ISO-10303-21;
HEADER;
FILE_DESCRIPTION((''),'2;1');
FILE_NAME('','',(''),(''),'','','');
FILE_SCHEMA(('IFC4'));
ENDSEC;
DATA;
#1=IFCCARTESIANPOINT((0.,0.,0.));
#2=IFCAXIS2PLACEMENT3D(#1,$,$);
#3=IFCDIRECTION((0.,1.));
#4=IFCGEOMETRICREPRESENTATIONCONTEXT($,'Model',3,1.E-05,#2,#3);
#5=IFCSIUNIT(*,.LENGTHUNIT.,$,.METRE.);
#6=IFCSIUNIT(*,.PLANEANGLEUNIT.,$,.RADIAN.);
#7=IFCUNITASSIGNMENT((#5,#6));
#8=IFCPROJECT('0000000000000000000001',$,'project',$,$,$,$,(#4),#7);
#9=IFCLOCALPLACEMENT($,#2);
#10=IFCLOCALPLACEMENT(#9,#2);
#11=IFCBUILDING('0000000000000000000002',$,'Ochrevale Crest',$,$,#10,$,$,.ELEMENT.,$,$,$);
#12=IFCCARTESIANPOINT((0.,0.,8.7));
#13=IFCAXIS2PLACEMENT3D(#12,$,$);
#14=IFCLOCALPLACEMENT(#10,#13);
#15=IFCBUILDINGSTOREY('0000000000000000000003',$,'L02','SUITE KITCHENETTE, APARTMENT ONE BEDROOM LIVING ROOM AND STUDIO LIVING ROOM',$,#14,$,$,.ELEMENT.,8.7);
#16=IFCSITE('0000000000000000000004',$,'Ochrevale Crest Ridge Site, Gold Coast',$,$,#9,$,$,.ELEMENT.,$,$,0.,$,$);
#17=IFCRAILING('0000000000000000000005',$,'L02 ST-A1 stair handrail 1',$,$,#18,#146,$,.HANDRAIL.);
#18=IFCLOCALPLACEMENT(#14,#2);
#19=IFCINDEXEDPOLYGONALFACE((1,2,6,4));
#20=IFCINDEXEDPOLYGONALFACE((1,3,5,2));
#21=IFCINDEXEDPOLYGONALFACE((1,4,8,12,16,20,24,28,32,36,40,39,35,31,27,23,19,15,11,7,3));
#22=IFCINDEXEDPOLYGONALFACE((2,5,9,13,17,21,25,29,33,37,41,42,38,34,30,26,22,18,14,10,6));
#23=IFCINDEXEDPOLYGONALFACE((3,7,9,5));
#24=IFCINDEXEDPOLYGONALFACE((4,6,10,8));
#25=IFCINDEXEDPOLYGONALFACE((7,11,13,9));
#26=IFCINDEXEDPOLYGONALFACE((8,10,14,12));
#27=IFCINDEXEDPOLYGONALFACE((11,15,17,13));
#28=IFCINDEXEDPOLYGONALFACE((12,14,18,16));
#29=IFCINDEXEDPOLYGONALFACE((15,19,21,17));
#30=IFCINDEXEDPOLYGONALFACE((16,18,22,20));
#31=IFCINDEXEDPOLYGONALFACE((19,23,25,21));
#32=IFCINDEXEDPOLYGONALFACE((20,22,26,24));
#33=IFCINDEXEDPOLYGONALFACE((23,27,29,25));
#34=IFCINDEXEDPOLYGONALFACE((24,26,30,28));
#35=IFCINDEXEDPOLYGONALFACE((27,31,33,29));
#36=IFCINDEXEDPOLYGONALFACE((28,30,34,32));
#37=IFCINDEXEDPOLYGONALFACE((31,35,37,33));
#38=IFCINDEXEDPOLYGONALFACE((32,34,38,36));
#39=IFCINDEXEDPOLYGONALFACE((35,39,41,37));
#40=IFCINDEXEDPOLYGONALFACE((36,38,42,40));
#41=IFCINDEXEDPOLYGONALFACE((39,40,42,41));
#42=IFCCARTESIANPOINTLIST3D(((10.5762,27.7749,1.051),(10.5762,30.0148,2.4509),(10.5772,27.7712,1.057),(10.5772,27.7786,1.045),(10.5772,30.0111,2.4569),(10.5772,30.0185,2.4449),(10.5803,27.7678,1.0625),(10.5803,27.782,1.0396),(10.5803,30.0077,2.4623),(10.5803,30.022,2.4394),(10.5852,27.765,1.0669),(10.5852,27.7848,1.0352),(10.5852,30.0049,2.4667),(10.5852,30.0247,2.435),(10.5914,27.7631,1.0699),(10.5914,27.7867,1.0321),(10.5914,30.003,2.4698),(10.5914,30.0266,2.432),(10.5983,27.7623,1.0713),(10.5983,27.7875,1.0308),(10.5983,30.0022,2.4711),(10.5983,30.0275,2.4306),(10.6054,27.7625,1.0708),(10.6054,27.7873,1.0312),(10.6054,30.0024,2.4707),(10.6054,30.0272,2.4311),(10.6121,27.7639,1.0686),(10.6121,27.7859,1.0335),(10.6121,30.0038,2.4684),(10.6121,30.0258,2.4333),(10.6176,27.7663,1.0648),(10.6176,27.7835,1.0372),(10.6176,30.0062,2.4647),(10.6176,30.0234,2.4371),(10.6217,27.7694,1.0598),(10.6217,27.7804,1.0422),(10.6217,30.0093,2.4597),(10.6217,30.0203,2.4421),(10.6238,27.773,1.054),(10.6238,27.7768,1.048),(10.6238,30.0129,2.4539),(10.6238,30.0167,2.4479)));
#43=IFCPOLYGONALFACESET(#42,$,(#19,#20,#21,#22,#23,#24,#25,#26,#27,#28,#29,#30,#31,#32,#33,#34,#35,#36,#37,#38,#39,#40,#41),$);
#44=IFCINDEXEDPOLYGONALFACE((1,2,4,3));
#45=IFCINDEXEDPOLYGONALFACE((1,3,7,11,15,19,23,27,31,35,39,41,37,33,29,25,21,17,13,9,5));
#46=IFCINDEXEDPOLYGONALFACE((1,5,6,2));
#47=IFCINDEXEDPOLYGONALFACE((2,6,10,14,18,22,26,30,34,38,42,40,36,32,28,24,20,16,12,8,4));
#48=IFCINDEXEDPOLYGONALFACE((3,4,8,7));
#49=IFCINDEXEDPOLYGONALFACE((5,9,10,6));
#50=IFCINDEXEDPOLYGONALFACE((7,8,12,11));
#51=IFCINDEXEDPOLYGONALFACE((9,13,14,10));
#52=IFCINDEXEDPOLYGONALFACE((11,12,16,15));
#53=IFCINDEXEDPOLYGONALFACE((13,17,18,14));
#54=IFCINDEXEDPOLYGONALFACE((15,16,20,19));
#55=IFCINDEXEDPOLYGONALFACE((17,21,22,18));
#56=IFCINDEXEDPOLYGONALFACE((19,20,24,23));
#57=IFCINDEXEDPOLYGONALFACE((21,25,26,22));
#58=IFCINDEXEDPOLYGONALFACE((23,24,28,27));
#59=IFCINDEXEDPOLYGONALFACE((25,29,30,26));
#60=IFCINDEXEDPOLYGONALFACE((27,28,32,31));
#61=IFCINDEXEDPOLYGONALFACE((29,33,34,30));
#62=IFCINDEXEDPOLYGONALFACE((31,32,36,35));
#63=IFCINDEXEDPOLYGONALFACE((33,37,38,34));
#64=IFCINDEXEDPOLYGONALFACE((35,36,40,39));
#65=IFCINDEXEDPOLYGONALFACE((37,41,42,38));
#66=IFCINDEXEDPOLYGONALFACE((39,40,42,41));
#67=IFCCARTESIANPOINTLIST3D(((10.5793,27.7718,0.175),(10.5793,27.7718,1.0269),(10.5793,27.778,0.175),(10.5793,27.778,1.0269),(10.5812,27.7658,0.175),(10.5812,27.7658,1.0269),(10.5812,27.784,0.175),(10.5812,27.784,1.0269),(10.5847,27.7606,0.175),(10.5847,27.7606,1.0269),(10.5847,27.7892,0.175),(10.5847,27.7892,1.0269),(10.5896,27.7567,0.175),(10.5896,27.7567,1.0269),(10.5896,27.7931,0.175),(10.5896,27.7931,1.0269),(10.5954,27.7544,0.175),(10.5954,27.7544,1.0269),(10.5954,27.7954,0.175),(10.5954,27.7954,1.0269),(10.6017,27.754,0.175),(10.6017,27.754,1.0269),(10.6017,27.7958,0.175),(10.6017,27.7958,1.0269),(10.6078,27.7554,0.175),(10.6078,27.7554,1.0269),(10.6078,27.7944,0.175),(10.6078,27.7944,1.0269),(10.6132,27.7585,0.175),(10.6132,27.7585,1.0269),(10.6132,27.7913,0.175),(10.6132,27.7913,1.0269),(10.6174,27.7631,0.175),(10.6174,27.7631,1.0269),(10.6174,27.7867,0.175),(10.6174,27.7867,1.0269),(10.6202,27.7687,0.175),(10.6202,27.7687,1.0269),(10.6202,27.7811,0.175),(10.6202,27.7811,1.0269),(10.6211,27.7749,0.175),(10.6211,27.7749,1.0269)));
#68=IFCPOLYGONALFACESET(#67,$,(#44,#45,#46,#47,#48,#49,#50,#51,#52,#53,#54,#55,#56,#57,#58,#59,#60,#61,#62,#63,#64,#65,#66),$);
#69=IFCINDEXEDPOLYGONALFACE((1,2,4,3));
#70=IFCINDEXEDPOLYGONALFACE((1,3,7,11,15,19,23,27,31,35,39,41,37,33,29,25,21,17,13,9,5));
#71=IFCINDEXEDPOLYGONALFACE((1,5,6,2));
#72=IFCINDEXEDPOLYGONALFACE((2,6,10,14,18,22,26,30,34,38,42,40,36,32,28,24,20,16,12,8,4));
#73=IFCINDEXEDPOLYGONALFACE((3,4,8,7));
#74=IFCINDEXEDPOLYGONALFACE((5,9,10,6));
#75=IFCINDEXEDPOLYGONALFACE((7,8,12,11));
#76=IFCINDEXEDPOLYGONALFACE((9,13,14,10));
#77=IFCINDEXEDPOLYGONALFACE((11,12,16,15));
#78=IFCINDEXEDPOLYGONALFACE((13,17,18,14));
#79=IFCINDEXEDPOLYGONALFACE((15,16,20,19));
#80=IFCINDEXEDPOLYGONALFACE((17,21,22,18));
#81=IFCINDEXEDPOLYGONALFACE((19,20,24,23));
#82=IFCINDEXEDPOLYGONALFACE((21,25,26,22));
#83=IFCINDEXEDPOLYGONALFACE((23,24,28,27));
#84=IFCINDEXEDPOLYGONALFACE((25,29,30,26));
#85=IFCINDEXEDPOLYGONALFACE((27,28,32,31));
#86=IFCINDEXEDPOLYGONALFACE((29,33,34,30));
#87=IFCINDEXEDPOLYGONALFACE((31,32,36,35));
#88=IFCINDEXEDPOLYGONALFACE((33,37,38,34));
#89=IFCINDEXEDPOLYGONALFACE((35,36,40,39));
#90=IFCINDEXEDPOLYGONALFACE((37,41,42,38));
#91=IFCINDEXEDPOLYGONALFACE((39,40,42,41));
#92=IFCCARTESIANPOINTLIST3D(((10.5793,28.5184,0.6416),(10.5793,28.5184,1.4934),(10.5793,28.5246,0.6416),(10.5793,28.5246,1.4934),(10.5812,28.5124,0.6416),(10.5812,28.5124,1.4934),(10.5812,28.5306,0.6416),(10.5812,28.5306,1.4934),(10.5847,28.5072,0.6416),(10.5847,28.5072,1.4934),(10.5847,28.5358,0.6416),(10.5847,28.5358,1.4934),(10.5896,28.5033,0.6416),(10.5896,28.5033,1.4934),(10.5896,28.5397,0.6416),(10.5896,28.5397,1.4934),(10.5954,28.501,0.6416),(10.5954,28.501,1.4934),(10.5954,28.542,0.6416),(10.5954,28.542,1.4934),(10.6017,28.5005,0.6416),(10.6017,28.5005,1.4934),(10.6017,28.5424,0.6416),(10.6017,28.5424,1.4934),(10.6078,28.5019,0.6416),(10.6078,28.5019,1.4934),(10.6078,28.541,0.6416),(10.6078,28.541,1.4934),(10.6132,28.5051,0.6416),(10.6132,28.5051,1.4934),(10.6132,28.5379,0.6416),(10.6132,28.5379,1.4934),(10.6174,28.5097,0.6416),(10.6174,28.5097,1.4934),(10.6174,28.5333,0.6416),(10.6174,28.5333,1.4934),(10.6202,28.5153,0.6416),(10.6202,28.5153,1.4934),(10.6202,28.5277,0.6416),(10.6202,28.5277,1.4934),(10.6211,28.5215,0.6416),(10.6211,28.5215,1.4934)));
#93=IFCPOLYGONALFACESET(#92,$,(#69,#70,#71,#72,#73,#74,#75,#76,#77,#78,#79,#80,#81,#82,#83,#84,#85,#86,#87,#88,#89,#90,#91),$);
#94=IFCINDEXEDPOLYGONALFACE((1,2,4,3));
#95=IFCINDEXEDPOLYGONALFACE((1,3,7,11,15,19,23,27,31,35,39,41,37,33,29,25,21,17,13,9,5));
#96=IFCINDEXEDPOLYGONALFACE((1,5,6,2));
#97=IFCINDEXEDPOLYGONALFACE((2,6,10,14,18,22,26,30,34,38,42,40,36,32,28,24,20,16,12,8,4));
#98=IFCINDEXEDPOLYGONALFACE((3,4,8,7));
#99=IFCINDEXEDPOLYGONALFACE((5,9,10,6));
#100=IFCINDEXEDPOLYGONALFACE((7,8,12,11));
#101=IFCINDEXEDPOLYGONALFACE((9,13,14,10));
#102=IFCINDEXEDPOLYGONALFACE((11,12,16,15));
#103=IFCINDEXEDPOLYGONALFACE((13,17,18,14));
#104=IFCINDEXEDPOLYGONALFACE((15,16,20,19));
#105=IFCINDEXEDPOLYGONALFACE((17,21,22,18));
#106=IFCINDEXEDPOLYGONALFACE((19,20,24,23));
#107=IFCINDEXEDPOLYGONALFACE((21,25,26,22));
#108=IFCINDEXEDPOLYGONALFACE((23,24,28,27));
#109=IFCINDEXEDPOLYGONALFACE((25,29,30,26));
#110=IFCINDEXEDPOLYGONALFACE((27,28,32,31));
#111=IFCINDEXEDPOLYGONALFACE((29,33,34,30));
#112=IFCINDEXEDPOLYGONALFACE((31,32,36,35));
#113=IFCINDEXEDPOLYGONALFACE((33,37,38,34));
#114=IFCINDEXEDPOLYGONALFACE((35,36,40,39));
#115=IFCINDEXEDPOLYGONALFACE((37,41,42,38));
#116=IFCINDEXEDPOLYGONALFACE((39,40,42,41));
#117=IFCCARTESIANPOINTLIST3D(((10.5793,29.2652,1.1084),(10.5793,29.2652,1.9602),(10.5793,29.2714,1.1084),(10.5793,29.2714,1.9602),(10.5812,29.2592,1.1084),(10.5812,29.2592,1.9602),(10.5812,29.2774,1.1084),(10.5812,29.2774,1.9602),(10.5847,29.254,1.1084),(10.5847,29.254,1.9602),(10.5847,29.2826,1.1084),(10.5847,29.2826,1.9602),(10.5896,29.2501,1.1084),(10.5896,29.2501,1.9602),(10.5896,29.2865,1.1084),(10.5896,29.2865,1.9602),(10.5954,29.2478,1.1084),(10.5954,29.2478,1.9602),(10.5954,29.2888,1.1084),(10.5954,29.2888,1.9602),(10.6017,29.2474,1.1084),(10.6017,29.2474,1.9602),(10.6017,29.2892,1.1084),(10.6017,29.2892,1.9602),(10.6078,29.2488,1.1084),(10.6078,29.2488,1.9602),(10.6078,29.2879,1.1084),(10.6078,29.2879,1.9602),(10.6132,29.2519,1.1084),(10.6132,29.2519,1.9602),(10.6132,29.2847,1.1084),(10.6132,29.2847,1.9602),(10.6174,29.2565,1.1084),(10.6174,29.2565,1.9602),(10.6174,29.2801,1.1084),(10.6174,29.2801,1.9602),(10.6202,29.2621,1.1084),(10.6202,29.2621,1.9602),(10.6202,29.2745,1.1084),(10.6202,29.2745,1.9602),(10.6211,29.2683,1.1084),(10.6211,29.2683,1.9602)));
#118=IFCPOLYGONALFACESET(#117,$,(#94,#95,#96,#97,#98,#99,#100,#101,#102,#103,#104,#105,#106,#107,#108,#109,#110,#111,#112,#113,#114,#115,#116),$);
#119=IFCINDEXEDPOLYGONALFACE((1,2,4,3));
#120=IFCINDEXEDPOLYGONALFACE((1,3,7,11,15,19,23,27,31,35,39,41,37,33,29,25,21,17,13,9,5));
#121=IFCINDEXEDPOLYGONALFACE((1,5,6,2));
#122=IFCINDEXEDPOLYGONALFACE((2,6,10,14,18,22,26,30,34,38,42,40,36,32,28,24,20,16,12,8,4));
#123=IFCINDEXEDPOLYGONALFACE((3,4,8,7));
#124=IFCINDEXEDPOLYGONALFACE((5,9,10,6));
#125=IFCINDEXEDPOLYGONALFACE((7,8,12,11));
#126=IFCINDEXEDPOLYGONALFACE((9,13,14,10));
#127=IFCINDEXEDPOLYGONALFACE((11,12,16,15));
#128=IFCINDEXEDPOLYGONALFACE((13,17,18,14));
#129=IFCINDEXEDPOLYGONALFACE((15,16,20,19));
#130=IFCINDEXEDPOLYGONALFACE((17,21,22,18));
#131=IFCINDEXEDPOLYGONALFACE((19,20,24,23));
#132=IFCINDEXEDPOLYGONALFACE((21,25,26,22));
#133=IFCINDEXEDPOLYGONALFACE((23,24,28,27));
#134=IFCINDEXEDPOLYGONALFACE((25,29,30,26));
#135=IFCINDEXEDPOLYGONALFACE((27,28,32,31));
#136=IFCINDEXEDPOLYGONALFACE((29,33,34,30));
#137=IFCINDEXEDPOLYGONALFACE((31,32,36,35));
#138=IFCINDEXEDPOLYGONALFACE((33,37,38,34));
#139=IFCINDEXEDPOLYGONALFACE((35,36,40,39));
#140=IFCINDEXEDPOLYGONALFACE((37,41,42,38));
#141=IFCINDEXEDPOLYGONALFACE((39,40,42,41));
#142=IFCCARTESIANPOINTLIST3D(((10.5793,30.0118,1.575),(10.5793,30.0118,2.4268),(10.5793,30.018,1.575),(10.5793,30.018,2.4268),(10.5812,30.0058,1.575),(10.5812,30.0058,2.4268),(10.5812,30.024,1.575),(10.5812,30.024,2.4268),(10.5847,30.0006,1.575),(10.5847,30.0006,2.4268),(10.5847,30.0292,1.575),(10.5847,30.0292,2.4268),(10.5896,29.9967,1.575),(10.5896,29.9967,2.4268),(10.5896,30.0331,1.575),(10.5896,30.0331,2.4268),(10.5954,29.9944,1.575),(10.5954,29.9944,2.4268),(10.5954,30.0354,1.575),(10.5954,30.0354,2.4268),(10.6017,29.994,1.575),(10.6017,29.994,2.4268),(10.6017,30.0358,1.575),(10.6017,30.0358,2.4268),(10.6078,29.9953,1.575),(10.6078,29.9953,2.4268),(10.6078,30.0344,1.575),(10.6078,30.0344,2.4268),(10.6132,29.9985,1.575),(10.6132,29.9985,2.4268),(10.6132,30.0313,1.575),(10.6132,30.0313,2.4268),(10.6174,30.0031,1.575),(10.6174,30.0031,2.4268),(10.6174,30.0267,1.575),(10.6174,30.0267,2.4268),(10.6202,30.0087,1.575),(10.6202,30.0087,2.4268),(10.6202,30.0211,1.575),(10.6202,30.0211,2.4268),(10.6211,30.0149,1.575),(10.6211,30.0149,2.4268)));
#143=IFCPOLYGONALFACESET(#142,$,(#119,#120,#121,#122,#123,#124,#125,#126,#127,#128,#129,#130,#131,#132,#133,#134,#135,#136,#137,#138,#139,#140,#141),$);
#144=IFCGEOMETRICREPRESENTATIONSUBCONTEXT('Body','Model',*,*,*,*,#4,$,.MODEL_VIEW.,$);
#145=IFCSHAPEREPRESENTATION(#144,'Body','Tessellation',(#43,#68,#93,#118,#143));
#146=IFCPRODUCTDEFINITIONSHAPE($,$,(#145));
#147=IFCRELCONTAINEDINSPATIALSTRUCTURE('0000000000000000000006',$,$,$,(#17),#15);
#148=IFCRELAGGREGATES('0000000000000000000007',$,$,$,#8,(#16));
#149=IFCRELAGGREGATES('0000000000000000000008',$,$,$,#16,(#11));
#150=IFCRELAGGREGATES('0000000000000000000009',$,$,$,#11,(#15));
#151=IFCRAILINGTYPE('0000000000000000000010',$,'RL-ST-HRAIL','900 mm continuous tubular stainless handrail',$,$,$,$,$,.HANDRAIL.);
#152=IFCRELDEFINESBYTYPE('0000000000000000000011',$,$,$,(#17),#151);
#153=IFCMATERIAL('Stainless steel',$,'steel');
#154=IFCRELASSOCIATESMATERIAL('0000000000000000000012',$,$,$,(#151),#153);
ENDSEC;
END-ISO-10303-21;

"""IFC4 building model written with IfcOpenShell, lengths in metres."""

from ifc_helpers import new_model, si_unit, direction, frame, origin, origin_2d, place, context, subcontext, project, spatial, circle, extrude, material, type_object, element, save


model = new_model("IFC4")

# Units and contexts
model_context = context("Model", 3, precision=1e-05, world=origin(), true_north=direction((0.0, 1.0)))
body_context = subcontext(model_context, "Body", "Model", "MODEL_VIEW")
ifc_project = project(units=[si_unit("LENGTHUNIT", "METRE"), si_unit("PLANEANGLEUNIT", "RADIAN")], contexts=[model_context])

# Site, building, storey
site_placement = place(None, origin())
site = spatial("IfcSite", under=ifc_project, at=site_placement, Name="Ochrevale Crest Ridge Site, Gold Coast", CompositionType="ELEMENT", RefElevation=0.0)
building_placement = place(site_placement, origin())
building = spatial("IfcBuilding", under=site, at=building_placement, Name="Ochrevale Crest", CompositionType="ELEMENT")
storey_placement = place(building_placement, frame((0.0, 0.0, 8.7)))
storey = spatial("IfcBuildingStorey", under=building, at=storey_placement, Name="L02", Description="SUITE KITCHENETTE, APARTMENT ONE BEDROOM LIVING ROOM AND STUDIO LIVING ROOM", CompositionType="ELEMENT", Elevation=8.7)

# Railing
ifc_material_1 = material(Name="Stainless steel", Category="steel")
railing_type_1 = type_object("IfcRailingType", Name="RL-ST-HRAIL", Description="900 mm continuous tubular stainless handrail", PredefinedType="HANDRAIL", material=ifc_material_1)
railing_1_placement = place(storey_placement, frame((10.6001, 27.7749, 0.175)))
element("IfcRailing", 1, at=railing_1_placement, inside=storey, type_object=railing_type_1, Name="L02 ST-A1 stair handrail 1", PredefinedType="HANDRAIL", context=body_context, shape_type="SweptSolid", body=[
    extrude(circle(Radius=0.0239, at=origin_2d()), frame((0.0, 0.0, 0.876), z_axis=(0.0, 0.848014, 0.529974), x_axis=(-1.0, 0.0, 0.0)), (0.0, 0.0, 1.0), 2.6414),
    extrude(circle(Radius=0.021, at=origin_2d()), origin(), (0.0, 0.0, 1.0), 0.8518),
    extrude(circle(Radius=0.021, at=origin_2d()), frame((0.0, 0.7466, 0.4666)), (0.0, 0.0, 1.0), 0.8518),
    extrude(circle(Radius=0.021, at=origin_2d()), frame((0.0, 1.4934, 0.9333)), (0.0, 0.0, 1.0), 0.8518),
    extrude(circle(Radius=0.021, at=origin_2d()), frame((0.0, 2.24, 1.3999)), (0.0, 0.0, 1.0), 0.8518),
])

save(model, "model.ifc")
